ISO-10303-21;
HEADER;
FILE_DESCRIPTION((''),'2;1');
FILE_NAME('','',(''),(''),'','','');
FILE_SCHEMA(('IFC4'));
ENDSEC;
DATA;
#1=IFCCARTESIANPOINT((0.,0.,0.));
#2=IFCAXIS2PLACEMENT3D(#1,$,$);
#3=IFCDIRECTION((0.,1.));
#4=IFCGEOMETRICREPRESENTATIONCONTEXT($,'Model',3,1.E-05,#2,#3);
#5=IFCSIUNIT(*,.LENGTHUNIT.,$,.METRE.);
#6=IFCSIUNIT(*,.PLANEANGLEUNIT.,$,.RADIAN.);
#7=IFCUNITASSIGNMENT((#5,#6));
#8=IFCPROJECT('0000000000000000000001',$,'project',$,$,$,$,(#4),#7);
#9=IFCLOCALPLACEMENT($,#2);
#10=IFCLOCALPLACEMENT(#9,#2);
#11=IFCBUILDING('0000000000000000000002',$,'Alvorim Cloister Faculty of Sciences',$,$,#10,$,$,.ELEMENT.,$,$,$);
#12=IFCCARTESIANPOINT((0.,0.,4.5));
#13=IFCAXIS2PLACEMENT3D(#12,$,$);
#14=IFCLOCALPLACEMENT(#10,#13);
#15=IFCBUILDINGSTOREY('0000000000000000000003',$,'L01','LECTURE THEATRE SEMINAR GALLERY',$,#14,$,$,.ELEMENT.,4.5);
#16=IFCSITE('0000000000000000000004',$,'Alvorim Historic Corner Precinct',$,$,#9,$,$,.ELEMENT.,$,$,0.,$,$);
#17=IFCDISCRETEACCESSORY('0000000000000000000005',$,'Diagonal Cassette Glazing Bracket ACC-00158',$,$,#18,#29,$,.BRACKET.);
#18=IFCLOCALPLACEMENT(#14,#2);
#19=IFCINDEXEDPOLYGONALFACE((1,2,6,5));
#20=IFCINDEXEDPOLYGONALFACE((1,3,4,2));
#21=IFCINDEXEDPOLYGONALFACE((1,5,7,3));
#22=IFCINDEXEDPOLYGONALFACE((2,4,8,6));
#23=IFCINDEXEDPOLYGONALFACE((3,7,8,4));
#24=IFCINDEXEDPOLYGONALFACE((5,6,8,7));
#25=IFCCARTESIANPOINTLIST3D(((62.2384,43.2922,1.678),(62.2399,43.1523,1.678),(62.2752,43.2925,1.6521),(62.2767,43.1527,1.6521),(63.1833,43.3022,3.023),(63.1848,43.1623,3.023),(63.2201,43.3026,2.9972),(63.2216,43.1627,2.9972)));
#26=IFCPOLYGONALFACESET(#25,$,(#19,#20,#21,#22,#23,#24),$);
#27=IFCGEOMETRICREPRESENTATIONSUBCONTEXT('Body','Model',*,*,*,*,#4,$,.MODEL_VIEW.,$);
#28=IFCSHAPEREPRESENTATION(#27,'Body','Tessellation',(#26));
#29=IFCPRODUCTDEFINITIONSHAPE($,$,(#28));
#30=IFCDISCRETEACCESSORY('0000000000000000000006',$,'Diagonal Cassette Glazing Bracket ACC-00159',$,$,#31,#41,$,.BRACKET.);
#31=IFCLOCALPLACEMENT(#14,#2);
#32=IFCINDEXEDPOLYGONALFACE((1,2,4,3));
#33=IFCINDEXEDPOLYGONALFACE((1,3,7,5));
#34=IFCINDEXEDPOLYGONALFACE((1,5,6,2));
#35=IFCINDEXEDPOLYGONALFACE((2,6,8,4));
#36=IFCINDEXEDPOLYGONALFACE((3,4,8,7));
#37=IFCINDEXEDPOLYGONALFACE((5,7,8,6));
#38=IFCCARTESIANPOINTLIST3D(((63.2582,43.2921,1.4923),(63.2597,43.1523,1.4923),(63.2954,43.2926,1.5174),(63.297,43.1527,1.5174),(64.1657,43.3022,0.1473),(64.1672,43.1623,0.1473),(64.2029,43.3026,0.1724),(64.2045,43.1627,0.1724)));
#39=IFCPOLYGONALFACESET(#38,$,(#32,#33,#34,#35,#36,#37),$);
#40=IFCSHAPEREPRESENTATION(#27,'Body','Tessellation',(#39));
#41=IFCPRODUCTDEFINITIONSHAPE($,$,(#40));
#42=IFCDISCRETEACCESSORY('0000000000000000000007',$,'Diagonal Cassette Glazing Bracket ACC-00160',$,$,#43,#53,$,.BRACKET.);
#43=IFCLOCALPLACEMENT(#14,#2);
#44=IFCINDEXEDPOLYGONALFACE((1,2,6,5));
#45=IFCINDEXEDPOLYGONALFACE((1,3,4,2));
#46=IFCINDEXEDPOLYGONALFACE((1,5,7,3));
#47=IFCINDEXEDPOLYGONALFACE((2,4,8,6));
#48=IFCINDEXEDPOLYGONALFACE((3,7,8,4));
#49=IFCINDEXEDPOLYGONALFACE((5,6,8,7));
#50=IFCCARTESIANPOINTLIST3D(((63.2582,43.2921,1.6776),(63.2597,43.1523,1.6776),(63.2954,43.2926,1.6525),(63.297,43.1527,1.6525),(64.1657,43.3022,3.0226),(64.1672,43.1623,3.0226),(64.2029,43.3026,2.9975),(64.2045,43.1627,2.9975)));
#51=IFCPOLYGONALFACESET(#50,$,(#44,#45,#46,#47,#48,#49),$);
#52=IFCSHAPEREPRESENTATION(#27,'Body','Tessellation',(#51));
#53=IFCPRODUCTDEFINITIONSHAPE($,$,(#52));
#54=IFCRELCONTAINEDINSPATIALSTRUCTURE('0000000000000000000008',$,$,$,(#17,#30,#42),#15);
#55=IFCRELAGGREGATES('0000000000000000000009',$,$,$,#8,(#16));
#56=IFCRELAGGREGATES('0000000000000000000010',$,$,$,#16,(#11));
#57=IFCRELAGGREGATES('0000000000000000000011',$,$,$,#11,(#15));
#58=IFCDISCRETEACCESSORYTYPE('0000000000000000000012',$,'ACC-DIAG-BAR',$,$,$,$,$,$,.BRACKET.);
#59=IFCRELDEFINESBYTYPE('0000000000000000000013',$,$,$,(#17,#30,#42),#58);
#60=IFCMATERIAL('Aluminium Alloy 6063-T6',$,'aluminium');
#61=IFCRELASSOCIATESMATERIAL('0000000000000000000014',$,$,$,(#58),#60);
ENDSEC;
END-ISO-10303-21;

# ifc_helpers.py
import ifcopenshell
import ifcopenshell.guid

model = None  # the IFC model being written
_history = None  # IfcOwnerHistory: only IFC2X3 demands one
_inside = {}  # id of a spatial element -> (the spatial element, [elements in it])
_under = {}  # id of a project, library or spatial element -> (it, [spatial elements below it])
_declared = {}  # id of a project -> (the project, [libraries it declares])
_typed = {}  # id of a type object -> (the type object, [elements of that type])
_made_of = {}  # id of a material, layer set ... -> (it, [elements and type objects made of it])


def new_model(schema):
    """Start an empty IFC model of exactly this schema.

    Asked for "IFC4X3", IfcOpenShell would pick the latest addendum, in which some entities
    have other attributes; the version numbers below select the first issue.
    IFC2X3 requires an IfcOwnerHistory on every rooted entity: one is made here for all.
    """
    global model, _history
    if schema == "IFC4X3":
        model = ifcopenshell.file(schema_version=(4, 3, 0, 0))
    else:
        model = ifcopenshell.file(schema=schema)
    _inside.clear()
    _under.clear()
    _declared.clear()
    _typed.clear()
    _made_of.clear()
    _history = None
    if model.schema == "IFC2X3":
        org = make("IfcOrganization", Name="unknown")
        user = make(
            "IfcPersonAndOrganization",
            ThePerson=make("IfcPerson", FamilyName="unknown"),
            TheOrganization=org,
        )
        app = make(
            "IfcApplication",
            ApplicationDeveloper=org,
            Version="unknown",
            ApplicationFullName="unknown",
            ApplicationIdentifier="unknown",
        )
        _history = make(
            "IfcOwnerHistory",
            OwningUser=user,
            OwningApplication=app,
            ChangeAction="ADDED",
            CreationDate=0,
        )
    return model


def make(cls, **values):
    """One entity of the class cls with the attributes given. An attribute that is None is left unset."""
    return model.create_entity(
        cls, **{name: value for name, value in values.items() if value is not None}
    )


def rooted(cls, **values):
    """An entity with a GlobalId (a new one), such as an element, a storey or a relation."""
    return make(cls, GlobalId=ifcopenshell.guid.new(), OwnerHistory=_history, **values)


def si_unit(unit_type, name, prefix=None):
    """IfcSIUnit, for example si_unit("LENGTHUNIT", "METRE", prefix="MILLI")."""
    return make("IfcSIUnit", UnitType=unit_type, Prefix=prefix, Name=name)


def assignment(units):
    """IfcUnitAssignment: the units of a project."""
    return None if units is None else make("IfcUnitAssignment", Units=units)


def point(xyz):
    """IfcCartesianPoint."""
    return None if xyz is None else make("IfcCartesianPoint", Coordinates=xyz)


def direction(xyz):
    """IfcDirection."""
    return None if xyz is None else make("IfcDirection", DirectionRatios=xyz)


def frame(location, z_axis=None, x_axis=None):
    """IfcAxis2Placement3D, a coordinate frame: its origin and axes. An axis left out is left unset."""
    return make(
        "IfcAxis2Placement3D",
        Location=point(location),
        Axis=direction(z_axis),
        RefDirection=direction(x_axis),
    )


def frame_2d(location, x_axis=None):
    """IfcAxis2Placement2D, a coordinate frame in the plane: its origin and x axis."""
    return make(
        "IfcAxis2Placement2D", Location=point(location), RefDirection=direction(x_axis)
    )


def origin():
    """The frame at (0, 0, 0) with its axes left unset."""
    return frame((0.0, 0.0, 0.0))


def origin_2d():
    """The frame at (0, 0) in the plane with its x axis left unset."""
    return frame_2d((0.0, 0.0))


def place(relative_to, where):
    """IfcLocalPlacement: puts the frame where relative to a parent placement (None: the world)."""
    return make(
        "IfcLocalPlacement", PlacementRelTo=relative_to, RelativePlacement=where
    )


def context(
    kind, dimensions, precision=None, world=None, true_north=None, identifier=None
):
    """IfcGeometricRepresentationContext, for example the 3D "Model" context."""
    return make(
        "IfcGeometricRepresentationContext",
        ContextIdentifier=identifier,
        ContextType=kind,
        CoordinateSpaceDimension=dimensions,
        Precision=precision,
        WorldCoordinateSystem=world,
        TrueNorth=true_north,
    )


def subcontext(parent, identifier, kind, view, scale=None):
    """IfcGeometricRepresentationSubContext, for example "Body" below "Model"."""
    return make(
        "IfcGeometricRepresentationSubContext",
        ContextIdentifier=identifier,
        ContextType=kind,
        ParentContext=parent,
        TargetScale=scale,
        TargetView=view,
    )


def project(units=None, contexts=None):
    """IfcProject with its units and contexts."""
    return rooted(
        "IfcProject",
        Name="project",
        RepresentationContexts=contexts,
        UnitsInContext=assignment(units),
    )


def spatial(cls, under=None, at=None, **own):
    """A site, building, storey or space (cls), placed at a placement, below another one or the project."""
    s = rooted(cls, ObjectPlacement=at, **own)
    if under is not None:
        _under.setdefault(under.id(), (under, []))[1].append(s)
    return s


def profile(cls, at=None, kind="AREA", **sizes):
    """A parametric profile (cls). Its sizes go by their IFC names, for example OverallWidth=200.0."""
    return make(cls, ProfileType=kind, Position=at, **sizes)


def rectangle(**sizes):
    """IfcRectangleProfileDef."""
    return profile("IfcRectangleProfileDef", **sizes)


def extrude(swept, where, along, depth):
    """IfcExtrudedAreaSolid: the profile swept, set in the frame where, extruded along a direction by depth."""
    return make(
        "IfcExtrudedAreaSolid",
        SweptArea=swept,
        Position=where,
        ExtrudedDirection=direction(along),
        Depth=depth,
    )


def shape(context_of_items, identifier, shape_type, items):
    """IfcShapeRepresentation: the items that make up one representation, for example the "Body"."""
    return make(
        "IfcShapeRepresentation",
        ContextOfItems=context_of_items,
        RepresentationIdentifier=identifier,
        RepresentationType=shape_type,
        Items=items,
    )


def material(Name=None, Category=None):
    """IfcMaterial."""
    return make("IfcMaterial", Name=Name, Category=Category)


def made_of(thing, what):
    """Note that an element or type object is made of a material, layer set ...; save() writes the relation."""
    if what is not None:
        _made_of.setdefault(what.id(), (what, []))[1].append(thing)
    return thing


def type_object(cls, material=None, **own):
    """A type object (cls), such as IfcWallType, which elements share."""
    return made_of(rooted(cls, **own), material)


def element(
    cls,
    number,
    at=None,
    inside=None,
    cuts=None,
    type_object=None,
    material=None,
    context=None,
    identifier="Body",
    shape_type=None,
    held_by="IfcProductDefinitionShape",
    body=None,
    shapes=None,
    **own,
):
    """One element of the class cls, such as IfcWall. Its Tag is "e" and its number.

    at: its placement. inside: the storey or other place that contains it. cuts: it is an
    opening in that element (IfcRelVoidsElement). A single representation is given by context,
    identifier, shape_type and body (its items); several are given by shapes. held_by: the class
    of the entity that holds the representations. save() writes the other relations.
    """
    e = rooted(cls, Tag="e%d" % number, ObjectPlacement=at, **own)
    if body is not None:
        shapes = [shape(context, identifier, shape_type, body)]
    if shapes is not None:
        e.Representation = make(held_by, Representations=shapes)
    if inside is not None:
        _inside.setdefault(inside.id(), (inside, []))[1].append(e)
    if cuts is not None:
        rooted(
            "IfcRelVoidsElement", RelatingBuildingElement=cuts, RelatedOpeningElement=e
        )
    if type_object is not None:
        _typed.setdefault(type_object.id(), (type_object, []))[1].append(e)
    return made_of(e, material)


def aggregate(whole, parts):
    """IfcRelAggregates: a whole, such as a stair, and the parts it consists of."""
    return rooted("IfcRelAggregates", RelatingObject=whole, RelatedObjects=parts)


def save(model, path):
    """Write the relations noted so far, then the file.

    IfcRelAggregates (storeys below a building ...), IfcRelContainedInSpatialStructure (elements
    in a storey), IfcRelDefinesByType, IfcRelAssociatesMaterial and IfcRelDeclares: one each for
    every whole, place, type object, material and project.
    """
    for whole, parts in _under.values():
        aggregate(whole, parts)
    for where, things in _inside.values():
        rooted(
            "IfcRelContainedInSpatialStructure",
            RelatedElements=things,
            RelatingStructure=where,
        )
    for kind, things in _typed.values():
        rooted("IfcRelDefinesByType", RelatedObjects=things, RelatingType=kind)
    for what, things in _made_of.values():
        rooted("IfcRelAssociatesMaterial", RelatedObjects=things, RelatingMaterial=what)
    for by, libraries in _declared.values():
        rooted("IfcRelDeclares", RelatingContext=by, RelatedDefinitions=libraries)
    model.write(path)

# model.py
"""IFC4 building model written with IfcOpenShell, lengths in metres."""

from ifc_helpers import new_model, si_unit, direction, frame, origin, origin_2d, place, context, subcontext, project, spatial, rectangle, extrude, material, type_object, element, save


model = new_model("IFC4")

# Units and contexts
model_context = context("Model", 3, precision=1e-05, world=origin(), true_north=direction((0.0, 1.0)))
body_context = subcontext(model_context, "Body", "Model", "MODEL_VIEW")
ifc_project = project(units=[si_unit("LENGTHUNIT", "METRE"), si_unit("PLANEANGLEUNIT", "RADIAN")], contexts=[model_context])

# Site, building, storey
site_placement = place(None, origin())
site = spatial("IfcSite", under=ifc_project, at=site_placement, Name="Alvorim Historic Corner Precinct", CompositionType="ELEMENT", RefElevation=0.0)
building_placement = place(site_placement, origin())
building = spatial("IfcBuilding", under=site, at=building_placement, Name="Alvorim Cloister Faculty of Sciences", CompositionType="ELEMENT")
storey_placement = place(building_placement, frame((0.0, 0.0, 4.5)))
storey = spatial("IfcBuildingStorey", under=building, at=storey_placement, Name="L01", Description="LECTURE THEATRE SEMINAR GALLERY", CompositionType="ELEMENT", Elevation=4.5)

# Shared definitions
ifc_material_1 = material(Name="Aluminium Alloy 6063-T6", Category="aluminium")

# Discrete accessories
discrete_accessory_type = type_object("IfcDiscreteAccessoryType", Name="ACC-DIAG-BAR", PredefinedType="BRACKET", material=ifc_material_1)
discrete_accessory_placement = place(storey_placement, frame((62.2576, 43.2224, 1.665), z_axis=(0.574817, 0.00609, 0.81826), x_axis=(-0.010594, 0.999944, 0.0)))
element("IfcDiscreteAccessory", 1, at=discrete_accessory_placement, inside=storey, type_object=discrete_accessory_type, Name="Diagonal Cassette Glazing Bracket ACC-00158", PredefinedType="BRACKET", context=body_context, shape_type="SweptSolid", body=[
    extrude(rectangle(XDim=0.1399, YDim=0.0449, at=origin_2d()), origin(), (0.0, 0.0, 1.0), 1.6438),
])
for number, where, z_axis, x_axis, name in (
    (2, (63.2776, 43.2224, 1.5049), (0.559299, 0.006169, -0.828943), (-0.01103, 0.999939, 0.0), "Diagonal Cassette Glazing Bracket ACC-00159"),
    (3, (63.2776, 43.2224, 1.665), (0.559299, 0.006169, 0.828943), (-0.01103, 0.999939, 0.0), "Diagonal Cassette Glazing Bracket ACC-00160"),
):
    element("IfcDiscreteAccessory", number, at=place(storey_placement, frame(where, z_axis=z_axis, x_axis=x_axis)), inside=storey, type_object=discrete_accessory_type, Name=name, PredefinedType="BRACKET", context=body_context, shape_type="SweptSolid", body=[
        extrude(rectangle(XDim=0.1399, YDim=0.0449, at=origin_2d()), origin(), (0.0, 0.0, 1.0), 1.6226),
    ])

save(model, "model.ifc")
